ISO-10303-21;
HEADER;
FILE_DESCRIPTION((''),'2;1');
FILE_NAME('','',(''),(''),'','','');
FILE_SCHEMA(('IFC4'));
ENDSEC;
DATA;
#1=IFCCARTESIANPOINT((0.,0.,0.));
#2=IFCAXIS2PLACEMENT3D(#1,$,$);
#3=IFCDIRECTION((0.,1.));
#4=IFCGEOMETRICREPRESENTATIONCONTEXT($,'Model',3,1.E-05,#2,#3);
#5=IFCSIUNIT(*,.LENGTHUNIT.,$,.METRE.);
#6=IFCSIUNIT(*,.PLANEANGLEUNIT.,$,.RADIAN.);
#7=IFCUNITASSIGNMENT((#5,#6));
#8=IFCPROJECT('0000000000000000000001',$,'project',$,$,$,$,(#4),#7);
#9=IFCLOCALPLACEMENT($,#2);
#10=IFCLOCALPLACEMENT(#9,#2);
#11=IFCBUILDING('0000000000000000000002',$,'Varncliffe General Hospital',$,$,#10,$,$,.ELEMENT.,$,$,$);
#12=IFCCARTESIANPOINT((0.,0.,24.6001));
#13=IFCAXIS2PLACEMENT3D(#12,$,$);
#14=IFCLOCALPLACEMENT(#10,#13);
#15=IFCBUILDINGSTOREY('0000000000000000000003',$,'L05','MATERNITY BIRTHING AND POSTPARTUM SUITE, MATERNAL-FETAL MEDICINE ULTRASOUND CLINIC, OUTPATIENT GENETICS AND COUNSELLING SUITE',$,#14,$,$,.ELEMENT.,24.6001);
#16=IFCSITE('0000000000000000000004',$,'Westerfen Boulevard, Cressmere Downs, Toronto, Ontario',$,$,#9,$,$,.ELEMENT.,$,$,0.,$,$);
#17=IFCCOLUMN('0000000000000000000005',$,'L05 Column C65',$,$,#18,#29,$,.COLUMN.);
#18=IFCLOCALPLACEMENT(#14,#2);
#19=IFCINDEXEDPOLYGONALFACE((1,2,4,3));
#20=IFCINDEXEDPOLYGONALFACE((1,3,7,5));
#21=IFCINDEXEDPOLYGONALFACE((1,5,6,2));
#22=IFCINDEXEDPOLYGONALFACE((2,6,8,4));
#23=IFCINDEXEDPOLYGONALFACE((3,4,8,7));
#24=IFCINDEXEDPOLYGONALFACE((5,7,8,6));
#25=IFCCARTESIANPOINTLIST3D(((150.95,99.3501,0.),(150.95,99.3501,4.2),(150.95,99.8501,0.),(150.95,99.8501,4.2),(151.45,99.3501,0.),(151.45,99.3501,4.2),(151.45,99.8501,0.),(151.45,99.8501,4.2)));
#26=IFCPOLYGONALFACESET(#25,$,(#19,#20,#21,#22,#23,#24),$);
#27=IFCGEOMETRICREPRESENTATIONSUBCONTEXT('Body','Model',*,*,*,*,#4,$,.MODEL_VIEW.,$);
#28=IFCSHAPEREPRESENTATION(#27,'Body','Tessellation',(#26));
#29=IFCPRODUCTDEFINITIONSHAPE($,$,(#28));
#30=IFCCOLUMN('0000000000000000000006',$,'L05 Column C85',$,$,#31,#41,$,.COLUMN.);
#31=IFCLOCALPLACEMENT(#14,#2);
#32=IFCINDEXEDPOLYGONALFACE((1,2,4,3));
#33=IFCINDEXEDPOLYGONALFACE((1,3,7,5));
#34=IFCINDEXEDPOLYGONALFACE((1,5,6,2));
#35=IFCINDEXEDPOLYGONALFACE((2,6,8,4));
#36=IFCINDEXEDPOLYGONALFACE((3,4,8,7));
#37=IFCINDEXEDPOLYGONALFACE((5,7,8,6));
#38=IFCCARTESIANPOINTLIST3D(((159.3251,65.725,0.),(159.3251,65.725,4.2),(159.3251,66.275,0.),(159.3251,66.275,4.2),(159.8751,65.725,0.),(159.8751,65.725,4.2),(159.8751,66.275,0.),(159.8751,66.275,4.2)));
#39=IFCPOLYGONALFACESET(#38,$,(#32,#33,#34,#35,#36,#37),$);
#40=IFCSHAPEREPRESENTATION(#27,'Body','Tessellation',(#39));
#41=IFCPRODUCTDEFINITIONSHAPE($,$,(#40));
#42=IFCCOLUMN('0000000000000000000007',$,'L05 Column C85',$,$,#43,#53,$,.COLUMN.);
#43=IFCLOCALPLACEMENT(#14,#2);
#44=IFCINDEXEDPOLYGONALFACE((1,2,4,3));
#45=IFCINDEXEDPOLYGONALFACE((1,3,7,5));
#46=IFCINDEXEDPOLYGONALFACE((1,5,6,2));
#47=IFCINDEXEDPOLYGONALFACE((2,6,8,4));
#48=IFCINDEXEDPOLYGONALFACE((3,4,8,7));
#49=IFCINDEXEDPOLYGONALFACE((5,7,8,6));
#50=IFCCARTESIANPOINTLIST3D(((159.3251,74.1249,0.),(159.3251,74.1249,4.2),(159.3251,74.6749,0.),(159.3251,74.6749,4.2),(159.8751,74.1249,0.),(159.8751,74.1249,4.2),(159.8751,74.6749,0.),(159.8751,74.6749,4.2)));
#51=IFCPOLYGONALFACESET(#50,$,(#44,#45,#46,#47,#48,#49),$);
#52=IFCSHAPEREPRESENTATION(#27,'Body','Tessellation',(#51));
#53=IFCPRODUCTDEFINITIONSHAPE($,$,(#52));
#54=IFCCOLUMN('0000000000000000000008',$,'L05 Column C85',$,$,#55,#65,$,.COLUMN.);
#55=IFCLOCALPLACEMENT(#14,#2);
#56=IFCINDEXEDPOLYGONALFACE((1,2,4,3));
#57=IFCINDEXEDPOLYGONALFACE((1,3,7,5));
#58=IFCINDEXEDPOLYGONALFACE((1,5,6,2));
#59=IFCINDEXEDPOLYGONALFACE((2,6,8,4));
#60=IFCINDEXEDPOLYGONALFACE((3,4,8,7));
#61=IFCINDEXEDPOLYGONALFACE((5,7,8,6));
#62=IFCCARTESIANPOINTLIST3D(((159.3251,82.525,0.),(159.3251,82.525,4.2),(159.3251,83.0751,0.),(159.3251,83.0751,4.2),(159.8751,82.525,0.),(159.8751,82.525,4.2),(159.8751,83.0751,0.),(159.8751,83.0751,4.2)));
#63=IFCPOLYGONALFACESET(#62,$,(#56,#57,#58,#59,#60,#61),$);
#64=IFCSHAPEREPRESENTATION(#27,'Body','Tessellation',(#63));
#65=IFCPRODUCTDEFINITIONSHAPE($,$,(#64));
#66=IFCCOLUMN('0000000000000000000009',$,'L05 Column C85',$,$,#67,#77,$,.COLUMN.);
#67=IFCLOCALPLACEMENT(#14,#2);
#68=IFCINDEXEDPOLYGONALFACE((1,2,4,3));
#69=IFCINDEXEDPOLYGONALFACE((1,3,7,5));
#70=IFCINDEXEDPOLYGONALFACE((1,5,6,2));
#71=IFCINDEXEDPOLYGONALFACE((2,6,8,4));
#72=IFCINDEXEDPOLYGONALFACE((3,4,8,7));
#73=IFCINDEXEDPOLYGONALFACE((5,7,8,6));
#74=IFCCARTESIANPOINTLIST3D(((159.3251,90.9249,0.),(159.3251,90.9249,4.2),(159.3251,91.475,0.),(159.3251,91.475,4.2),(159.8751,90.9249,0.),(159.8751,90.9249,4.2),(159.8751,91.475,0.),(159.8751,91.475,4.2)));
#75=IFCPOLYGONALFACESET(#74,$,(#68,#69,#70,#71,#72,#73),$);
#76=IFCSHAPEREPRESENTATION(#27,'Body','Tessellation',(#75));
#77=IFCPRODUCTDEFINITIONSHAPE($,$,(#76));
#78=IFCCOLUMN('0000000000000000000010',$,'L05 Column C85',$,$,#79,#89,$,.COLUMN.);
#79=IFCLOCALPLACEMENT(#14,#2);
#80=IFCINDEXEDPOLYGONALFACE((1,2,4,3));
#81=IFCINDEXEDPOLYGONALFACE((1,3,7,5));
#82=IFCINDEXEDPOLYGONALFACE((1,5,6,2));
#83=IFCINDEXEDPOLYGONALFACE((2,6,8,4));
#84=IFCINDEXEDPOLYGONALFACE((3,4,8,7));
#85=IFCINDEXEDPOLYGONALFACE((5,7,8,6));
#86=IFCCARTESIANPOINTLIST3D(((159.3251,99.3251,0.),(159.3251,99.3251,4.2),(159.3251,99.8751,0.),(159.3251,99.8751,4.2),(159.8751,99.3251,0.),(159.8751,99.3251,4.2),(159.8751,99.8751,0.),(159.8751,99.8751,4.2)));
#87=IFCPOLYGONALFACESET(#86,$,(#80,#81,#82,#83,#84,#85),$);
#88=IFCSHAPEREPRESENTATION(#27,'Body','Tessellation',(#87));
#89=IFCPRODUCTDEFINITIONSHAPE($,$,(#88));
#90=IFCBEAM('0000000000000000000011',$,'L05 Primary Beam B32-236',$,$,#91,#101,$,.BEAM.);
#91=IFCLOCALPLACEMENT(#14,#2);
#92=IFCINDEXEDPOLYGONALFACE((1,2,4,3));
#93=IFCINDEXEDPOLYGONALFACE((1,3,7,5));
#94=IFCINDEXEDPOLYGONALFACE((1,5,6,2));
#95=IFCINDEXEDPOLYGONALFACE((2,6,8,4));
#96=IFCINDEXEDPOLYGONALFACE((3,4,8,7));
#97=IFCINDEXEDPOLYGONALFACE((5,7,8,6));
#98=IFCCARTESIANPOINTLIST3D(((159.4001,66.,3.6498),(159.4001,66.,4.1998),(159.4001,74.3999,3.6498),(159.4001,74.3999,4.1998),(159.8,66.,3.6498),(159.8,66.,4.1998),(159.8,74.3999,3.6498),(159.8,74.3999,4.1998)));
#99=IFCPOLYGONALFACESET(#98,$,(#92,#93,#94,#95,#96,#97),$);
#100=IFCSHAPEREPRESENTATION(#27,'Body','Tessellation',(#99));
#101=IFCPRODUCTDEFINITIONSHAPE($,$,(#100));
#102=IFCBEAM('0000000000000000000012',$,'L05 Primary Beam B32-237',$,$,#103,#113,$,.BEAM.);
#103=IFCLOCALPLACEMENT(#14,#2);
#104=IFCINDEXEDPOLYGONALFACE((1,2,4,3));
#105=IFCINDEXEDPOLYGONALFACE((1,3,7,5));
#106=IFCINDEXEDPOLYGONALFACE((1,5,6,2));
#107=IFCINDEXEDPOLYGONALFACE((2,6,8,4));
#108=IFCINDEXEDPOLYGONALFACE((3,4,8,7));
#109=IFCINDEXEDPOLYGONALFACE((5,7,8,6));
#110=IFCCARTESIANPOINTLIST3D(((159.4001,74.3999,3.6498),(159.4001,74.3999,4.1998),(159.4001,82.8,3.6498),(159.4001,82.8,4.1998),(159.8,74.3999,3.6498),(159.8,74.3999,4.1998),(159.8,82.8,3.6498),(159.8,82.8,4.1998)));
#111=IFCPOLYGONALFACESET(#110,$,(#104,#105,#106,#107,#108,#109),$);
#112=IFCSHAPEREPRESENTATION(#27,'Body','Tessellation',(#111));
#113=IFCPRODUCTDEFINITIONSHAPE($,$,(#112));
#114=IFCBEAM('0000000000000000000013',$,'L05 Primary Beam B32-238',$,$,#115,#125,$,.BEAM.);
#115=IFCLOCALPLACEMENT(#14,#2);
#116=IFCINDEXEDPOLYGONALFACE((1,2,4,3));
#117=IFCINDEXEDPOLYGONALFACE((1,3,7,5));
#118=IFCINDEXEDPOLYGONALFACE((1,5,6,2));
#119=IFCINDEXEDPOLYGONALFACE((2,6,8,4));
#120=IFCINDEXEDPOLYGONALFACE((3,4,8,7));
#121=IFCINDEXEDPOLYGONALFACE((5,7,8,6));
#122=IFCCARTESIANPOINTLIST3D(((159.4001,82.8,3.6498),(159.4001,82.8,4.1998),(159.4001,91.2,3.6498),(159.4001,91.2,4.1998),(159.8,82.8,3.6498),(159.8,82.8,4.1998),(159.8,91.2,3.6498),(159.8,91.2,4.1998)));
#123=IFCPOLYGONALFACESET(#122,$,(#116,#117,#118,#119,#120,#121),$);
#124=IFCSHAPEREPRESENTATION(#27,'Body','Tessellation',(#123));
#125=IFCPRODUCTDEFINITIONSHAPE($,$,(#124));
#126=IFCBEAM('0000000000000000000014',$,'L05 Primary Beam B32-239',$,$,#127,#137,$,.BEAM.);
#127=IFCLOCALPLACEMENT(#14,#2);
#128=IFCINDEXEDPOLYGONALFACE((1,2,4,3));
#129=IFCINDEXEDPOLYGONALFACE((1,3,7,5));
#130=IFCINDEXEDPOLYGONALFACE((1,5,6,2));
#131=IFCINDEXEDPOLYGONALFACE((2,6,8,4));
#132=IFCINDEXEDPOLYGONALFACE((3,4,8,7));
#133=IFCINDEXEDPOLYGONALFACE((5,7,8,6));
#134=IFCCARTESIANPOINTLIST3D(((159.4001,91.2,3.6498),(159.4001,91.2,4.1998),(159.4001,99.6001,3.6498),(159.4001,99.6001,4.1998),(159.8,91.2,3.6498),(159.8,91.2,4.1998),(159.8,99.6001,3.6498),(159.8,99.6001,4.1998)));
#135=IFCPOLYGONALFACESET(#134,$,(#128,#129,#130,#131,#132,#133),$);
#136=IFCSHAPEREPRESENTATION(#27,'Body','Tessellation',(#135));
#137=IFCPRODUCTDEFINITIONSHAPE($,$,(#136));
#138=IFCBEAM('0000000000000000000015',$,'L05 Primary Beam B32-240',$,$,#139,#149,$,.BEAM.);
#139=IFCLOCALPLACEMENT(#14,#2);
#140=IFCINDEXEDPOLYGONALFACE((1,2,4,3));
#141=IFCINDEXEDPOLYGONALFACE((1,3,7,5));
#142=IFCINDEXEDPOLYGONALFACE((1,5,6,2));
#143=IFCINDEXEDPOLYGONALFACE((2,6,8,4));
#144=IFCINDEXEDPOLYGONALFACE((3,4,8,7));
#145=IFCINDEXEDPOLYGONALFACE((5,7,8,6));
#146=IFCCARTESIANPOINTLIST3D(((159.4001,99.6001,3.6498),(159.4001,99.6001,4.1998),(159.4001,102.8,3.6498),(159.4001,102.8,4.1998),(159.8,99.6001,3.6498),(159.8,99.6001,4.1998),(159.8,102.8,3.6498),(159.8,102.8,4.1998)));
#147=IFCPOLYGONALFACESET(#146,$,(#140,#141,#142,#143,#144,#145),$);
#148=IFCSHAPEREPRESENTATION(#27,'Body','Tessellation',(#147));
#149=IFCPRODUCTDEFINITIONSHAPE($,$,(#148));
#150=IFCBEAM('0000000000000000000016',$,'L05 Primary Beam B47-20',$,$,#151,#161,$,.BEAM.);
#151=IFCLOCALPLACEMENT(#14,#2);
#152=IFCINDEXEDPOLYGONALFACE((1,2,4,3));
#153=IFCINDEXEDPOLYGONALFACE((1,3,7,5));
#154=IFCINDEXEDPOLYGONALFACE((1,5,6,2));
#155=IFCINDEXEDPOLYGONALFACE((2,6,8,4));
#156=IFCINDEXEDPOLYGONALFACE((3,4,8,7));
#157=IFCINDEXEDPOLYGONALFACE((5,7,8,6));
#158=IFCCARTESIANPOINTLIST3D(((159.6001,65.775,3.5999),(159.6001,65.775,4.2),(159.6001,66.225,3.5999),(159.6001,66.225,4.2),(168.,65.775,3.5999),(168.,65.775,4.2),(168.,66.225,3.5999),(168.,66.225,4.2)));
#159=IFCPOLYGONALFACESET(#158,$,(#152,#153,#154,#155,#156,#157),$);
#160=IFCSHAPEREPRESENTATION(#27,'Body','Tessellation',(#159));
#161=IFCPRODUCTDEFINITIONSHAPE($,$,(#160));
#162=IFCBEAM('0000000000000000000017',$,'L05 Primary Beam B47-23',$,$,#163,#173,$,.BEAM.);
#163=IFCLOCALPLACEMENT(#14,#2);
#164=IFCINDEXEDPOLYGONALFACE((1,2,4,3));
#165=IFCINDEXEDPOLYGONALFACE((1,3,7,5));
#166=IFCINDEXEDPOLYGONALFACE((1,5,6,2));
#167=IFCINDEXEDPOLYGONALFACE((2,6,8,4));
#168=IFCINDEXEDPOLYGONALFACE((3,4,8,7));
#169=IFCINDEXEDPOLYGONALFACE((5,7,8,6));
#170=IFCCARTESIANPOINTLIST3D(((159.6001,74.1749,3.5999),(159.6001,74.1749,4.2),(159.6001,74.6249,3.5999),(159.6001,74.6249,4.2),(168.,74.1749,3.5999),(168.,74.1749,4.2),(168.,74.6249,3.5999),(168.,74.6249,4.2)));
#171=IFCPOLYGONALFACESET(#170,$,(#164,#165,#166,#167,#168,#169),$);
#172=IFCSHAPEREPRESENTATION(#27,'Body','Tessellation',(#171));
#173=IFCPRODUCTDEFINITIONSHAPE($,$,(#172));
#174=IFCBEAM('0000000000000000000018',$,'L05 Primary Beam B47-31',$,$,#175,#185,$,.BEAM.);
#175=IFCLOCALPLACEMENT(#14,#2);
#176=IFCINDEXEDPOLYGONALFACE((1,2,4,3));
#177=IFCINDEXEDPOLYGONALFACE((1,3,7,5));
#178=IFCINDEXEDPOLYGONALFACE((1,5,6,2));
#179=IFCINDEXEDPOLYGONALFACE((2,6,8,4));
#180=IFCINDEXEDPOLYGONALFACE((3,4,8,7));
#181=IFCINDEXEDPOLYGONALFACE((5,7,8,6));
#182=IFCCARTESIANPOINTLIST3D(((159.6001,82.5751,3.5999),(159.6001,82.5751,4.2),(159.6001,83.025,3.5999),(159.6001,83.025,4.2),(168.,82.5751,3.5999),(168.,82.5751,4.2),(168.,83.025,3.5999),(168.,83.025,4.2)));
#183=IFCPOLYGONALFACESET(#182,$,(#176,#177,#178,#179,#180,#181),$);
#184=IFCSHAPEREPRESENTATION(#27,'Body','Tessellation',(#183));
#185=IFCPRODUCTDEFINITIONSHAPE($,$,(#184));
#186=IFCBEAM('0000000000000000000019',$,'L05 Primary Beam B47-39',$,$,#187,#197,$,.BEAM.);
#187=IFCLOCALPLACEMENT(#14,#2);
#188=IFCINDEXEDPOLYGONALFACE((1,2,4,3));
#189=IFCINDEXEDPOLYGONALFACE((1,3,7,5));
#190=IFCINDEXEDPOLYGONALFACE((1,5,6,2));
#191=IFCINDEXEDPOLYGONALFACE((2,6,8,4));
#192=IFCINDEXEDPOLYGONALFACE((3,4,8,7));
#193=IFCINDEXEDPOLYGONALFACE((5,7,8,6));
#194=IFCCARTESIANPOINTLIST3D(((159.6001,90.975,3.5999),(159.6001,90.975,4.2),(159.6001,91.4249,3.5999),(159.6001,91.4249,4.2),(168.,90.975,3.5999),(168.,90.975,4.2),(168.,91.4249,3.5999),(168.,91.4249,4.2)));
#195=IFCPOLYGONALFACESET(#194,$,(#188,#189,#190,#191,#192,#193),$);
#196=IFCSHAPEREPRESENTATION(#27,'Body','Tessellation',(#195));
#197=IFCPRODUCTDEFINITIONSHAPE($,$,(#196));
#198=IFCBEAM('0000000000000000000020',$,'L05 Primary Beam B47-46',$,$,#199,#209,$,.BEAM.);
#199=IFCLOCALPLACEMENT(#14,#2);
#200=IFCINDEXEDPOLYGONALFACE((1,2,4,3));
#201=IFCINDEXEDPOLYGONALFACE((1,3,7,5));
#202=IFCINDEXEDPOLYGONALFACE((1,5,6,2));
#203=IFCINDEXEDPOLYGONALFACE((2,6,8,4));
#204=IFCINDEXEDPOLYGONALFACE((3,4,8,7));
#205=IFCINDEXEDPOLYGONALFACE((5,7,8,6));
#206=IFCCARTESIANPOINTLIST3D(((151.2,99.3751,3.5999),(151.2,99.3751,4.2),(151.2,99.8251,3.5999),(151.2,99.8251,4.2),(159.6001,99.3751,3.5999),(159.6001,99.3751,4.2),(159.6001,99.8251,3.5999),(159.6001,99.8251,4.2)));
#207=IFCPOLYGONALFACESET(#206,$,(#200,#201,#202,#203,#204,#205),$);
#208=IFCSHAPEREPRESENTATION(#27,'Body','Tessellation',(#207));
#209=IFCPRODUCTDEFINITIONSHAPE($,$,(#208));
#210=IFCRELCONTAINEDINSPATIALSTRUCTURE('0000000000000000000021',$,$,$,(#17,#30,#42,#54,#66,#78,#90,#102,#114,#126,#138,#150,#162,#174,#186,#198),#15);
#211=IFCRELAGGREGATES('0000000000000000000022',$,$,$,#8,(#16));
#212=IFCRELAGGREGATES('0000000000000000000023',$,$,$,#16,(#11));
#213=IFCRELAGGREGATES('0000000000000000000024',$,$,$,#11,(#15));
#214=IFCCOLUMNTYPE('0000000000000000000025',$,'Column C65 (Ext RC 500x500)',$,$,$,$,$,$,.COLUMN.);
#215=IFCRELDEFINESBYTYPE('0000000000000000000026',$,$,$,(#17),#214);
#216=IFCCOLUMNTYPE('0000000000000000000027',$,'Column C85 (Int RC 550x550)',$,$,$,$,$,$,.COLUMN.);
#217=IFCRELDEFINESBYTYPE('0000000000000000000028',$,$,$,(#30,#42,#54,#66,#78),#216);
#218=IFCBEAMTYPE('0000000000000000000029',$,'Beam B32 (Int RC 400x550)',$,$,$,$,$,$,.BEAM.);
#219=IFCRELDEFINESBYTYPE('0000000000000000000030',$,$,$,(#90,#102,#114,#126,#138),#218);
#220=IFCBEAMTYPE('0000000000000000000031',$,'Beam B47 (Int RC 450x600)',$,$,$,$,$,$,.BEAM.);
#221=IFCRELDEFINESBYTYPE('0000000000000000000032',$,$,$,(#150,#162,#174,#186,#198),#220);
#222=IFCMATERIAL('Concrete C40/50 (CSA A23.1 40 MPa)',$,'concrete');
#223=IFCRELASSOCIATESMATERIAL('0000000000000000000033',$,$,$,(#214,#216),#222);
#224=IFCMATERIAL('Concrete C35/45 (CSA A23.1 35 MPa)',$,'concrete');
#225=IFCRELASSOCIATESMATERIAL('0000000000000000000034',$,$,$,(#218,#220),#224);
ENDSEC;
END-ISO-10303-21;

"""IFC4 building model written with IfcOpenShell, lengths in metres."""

from ifc_helpers import new_model, si_unit, direction, frame, origin, origin_2d, place, context, subcontext, project, spatial, rectangle, extrude, material, material_profile, profile_set, type_object, element, save


model = new_model("IFC4")

# Units and contexts
model_context = context("Model", 3, precision=1e-05, world=origin(), true_north=direction((0.0, 1.0)))
body_context = subcontext(model_context, "Body", "Model", "MODEL_VIEW")
ifc_project = project(units=[si_unit("LENGTHUNIT", "METRE"), si_unit("PLANEANGLEUNIT", "RADIAN")], contexts=[model_context])

# Site, building, storey
site_placement = place(None, origin())
site = spatial("IfcSite", under=ifc_project, at=site_placement, Name="Westerfen Boulevard, Cressmere Downs, Toronto, Ontario", CompositionType="ELEMENT", RefElevation=0.0)
building_placement = place(site_placement, origin())
building = spatial("IfcBuilding", under=site, at=building_placement, Name="Varncliffe General Hospital", CompositionType="ELEMENT")
storey_placement = place(building_placement, frame((0.0, 0.0, 24.6001)))
storey = spatial("IfcBuildingStorey", under=building, at=storey_placement, Name="L05", Description="MATERNITY BIRTHING AND POSTPARTUM SUITE, MATERNAL-FETAL MEDICINE ULTRASOUND CLINIC, OUTPATIENT GENETICS AND COUNSELLING SUITE", CompositionType="ELEMENT", Elevation=24.6001)

# Columns
ifc_material_1 = material(Name="Concrete C40/50 (CSA A23.1 40 MPa)", Category="concrete")
ifc_material_profile_1 = material_profile(ifc_material_1, rectangle(XDim=0.5, YDim=0.5, at=origin_2d()), Name="RC 500x500")
ifc_profile_set_1 = profile_set([ifc_material_profile_1], Name="Concrete C40/50 (CSA A23.1 40 MPa)")
column_type_1 = type_object("IfcColumnType", Name="Column C65 (Ext RC 500x500)", PredefinedType="COLUMN", material=ifc_profile_set_1)
column_placement = place(storey_placement, frame((151.2, 99.6001, 0.0), z_axis=(0.0, 0.0, 1.0), x_axis=(1.0, 0.0, 0.0)))
element("IfcColumn", 1, at=column_placement, inside=storey, type_object=column_type_1, Name="L05 Column C65", PredefinedType="COLUMN", context=body_context, shape_type="SweptSolid", body=[
    extrude(rectangle(XDim=0.5, YDim=0.5, at=origin_2d()), origin(), (0.0, 0.0, 1.0), 4.2),
])
ifc_material_profile_2 = material_profile(ifc_material_1, rectangle(XDim=0.55, YDim=0.55, at=origin_2d()), Name="RC 550x550")
ifc_profile_set_2 = profile_set([ifc_material_profile_2], Name="Concrete C40/50 (CSA A23.1 40 MPa)")
column_type_2 = type_object("IfcColumnType", Name="Column C85 (Int RC 550x550)", PredefinedType="COLUMN", material=ifc_profile_set_2)
for number, where, z_axis, x_axis, name in (
    (2, (159.6001, 66.0, 0.0), (0.0, 0.0, 1.0), (1.0, 0.0, 0.0), "L05 Column C85"),
    (3, (159.6001, 74.3999, 0.0), (0.0, 0.0, 1.0), (1.0, 0.0, 0.0), "L05 Column C85"),
    (4, (159.6001, 82.8, 0.0), (0.0, 0.0, 1.0), (1.0, 0.0, 0.0), "L05 Column C85"),
    (5, (159.6001, 91.2, 0.0), (0.0, 0.0, 1.0), (1.0, 0.0, 0.0), "L05 Column C85"),
    (6, (159.6001, 99.6001, 0.0), (0.0, 0.0, 1.0), (1.0, 0.0, 0.0), "L05 Column C85"),
):
    element("IfcColumn", number, at=place(storey_placement, frame(where, z_axis=z_axis, x_axis=x_axis)), inside=storey, type_object=column_type_2, Name=name, PredefinedType="COLUMN", context=body_context, shape_type="SweptSolid", body=[
        extrude(rectangle(XDim=0.55, YDim=0.55, at=origin_2d()), origin(), (0.0, 0.0, 1.0), 4.2),
    ])

# Beams
ifc_material_2 = material(Name="Concrete C35/45 (CSA A23.1 35 MPa)", Category="concrete")
ifc_material_profile_3 = material_profile(ifc_material_2, rectangle(XDim=0.3999, YDim=0.55, at=origin_2d()), Name="RC 400x550")
ifc_profile_set_3 = profile_set([ifc_material_profile_3], Name="Concrete C35/45 (CSA A23.1 35 MPa)")
beam_type_1 = type_object("IfcBeamType", Name="Beam B32 (Int RC 400x550)", PredefinedType="BEAM", material=ifc_profile_set_3)
beam_1_placement = place(storey_placement, frame((159.6001, 66.0, 3.9248), z_axis=(0.0, 1.0, 0.0), x_axis=(-1.0, 0.0, 0.0)))
element("IfcBeam", 7, at=beam_1_placement, inside=storey, type_object=beam_type_1, Name="L05 Primary Beam B32-236", PredefinedType="BEAM", context=body_context, shape_type="SweptSolid", body=[
    extrude(rectangle(XDim=0.3999, YDim=0.55, at=origin_2d()), origin(), (0.0, 0.0, 1.0), 8.3999),
])
beam_2_placement = place(storey_placement, frame((159.6001, 74.3999, 3.9248), z_axis=(0.0, 1.0, 0.0), x_axis=(-1.0, 0.0, 0.0)))
element("IfcBeam", 8, at=beam_2_placement, inside=storey, type_object=beam_type_1, Name="L05 Primary Beam B32-237", PredefinedType="BEAM", context=body_context, shape_type="SweptSolid", body=[
    extrude(rectangle(XDim=0.3999, YDim=0.55, at=origin_2d()), origin(), (0.0, 0.0, 1.0), 8.4001),
])
beam_3_placement = place(storey_placement, frame((159.6001, 82.8, 3.9248), z_axis=(0.0, 1.0, 0.0), x_axis=(-1.0, 0.0, 0.0)))
element("IfcBeam", 9, at=beam_3_placement, inside=storey, type_object=beam_type_1, Name="L05 Primary Beam B32-238", PredefinedType="BEAM", context=body_context, shape_type="SweptSolid", body=[
    extrude(rectangle(XDim=0.3999, YDim=0.55, at=origin_2d()), origin(), (0.0, 0.0, 1.0), 8.3999),
])
beam_4_placement = place(storey_placement, frame((159.6001, 91.2, 3.9248), z_axis=(0.0, 1.0, 0.0), x_axis=(-1.0, 0.0, 0.0)))
element("IfcBeam", 10, at=beam_4_placement, inside=storey, type_object=beam_type_1, Name="L05 Primary Beam B32-239", PredefinedType="BEAM", context=body_context, shape_type="SweptSolid", body=[
    extrude(rectangle(XDim=0.3999, YDim=0.55, at=origin_2d()), origin(), (0.0, 0.0, 1.0), 8.4001),
])
beam_5_placement = place(storey_placement, frame((159.6001, 99.6001, 3.9248), z_axis=(0.0, 1.0, 0.0), x_axis=(-1.0, 0.0, 0.0)))
element("IfcBeam", 11, at=beam_5_placement, inside=storey, type_object=beam_type_1, Name="L05 Primary Beam B32-240", PredefinedType="BEAM", context=body_context, shape_type="SweptSolid", body=[
    extrude(rectangle(XDim=0.3999, YDim=0.55, at=origin_2d()), origin(), (0.0, 0.0, 1.0), 3.2),
])
ifc_material_profile_4 = material_profile(ifc_material_2, rectangle(XDim=0.45, YDim=0.6001, at=origin_2d()), Name="RC 450x600")
ifc_profile_set_4 = profile_set([ifc_material_profile_4], Name="Concrete C35/45 (CSA A23.1 35 MPa)")
beam_type_2 = type_object("IfcBeamType", Name="Beam B47 (Int RC 450x600)", PredefinedType="BEAM", material=ifc_profile_set_4)
for number, where, z_axis, x_axis, name in (
    (12, (159.6001, 66.0, 3.8999), (1.0, 0.0, 0.0), (0.0, 1.0, 0.0), "L05 Primary Beam B47-20"),
    (13, (159.6001, 74.3999, 3.8999), (1.0, 0.0, 0.0), (0.0, 1.0, 0.0), "L05 Primary Beam B47-23"),
    (14, (159.6001, 82.8, 3.8999), (1.0, 0.0, 0.0), (0.0, 1.0, 0.0), "L05 Primary Beam B47-31"),
    (15, (159.6001, 91.2, 3.8999), (1.0, 0.0, 0.0), (0.0, 1.0, 0.0), "L05 Primary Beam B47-39"),
):
    element("IfcBeam", number, at=place(storey_placement, frame(where, z_axis=z_axis, x_axis=x_axis)), inside=storey, type_object=beam_type_2, Name=name, PredefinedType="BEAM", context=body_context, shape_type="SweptSolid", body=[
        extrude(rectangle(XDim=0.45, YDim=0.6001, at=origin_2d()), origin(), (0.0, 0.0, 1.0), 8.3999),
    ])
beam_6_placement = place(storey_placement, frame((151.2, 99.6001, 3.8999), z_axis=(1.0, 0.0, 0.0), x_axis=(0.0, 1.0, 0.0)))
element("IfcBeam", 16, at=beam_6_placement, inside=storey, type_object=beam_type_2, Name="L05 Primary Beam B47-46", PredefinedType="BEAM", context=body_context, shape_type="SweptSolid", body=[
    extrude(rectangle(XDim=0.45, YDim=0.6001, at=origin_2d()), origin(), (0.0, 0.0, 1.0), 8.4001),
])

save(model, "model.ifc")
